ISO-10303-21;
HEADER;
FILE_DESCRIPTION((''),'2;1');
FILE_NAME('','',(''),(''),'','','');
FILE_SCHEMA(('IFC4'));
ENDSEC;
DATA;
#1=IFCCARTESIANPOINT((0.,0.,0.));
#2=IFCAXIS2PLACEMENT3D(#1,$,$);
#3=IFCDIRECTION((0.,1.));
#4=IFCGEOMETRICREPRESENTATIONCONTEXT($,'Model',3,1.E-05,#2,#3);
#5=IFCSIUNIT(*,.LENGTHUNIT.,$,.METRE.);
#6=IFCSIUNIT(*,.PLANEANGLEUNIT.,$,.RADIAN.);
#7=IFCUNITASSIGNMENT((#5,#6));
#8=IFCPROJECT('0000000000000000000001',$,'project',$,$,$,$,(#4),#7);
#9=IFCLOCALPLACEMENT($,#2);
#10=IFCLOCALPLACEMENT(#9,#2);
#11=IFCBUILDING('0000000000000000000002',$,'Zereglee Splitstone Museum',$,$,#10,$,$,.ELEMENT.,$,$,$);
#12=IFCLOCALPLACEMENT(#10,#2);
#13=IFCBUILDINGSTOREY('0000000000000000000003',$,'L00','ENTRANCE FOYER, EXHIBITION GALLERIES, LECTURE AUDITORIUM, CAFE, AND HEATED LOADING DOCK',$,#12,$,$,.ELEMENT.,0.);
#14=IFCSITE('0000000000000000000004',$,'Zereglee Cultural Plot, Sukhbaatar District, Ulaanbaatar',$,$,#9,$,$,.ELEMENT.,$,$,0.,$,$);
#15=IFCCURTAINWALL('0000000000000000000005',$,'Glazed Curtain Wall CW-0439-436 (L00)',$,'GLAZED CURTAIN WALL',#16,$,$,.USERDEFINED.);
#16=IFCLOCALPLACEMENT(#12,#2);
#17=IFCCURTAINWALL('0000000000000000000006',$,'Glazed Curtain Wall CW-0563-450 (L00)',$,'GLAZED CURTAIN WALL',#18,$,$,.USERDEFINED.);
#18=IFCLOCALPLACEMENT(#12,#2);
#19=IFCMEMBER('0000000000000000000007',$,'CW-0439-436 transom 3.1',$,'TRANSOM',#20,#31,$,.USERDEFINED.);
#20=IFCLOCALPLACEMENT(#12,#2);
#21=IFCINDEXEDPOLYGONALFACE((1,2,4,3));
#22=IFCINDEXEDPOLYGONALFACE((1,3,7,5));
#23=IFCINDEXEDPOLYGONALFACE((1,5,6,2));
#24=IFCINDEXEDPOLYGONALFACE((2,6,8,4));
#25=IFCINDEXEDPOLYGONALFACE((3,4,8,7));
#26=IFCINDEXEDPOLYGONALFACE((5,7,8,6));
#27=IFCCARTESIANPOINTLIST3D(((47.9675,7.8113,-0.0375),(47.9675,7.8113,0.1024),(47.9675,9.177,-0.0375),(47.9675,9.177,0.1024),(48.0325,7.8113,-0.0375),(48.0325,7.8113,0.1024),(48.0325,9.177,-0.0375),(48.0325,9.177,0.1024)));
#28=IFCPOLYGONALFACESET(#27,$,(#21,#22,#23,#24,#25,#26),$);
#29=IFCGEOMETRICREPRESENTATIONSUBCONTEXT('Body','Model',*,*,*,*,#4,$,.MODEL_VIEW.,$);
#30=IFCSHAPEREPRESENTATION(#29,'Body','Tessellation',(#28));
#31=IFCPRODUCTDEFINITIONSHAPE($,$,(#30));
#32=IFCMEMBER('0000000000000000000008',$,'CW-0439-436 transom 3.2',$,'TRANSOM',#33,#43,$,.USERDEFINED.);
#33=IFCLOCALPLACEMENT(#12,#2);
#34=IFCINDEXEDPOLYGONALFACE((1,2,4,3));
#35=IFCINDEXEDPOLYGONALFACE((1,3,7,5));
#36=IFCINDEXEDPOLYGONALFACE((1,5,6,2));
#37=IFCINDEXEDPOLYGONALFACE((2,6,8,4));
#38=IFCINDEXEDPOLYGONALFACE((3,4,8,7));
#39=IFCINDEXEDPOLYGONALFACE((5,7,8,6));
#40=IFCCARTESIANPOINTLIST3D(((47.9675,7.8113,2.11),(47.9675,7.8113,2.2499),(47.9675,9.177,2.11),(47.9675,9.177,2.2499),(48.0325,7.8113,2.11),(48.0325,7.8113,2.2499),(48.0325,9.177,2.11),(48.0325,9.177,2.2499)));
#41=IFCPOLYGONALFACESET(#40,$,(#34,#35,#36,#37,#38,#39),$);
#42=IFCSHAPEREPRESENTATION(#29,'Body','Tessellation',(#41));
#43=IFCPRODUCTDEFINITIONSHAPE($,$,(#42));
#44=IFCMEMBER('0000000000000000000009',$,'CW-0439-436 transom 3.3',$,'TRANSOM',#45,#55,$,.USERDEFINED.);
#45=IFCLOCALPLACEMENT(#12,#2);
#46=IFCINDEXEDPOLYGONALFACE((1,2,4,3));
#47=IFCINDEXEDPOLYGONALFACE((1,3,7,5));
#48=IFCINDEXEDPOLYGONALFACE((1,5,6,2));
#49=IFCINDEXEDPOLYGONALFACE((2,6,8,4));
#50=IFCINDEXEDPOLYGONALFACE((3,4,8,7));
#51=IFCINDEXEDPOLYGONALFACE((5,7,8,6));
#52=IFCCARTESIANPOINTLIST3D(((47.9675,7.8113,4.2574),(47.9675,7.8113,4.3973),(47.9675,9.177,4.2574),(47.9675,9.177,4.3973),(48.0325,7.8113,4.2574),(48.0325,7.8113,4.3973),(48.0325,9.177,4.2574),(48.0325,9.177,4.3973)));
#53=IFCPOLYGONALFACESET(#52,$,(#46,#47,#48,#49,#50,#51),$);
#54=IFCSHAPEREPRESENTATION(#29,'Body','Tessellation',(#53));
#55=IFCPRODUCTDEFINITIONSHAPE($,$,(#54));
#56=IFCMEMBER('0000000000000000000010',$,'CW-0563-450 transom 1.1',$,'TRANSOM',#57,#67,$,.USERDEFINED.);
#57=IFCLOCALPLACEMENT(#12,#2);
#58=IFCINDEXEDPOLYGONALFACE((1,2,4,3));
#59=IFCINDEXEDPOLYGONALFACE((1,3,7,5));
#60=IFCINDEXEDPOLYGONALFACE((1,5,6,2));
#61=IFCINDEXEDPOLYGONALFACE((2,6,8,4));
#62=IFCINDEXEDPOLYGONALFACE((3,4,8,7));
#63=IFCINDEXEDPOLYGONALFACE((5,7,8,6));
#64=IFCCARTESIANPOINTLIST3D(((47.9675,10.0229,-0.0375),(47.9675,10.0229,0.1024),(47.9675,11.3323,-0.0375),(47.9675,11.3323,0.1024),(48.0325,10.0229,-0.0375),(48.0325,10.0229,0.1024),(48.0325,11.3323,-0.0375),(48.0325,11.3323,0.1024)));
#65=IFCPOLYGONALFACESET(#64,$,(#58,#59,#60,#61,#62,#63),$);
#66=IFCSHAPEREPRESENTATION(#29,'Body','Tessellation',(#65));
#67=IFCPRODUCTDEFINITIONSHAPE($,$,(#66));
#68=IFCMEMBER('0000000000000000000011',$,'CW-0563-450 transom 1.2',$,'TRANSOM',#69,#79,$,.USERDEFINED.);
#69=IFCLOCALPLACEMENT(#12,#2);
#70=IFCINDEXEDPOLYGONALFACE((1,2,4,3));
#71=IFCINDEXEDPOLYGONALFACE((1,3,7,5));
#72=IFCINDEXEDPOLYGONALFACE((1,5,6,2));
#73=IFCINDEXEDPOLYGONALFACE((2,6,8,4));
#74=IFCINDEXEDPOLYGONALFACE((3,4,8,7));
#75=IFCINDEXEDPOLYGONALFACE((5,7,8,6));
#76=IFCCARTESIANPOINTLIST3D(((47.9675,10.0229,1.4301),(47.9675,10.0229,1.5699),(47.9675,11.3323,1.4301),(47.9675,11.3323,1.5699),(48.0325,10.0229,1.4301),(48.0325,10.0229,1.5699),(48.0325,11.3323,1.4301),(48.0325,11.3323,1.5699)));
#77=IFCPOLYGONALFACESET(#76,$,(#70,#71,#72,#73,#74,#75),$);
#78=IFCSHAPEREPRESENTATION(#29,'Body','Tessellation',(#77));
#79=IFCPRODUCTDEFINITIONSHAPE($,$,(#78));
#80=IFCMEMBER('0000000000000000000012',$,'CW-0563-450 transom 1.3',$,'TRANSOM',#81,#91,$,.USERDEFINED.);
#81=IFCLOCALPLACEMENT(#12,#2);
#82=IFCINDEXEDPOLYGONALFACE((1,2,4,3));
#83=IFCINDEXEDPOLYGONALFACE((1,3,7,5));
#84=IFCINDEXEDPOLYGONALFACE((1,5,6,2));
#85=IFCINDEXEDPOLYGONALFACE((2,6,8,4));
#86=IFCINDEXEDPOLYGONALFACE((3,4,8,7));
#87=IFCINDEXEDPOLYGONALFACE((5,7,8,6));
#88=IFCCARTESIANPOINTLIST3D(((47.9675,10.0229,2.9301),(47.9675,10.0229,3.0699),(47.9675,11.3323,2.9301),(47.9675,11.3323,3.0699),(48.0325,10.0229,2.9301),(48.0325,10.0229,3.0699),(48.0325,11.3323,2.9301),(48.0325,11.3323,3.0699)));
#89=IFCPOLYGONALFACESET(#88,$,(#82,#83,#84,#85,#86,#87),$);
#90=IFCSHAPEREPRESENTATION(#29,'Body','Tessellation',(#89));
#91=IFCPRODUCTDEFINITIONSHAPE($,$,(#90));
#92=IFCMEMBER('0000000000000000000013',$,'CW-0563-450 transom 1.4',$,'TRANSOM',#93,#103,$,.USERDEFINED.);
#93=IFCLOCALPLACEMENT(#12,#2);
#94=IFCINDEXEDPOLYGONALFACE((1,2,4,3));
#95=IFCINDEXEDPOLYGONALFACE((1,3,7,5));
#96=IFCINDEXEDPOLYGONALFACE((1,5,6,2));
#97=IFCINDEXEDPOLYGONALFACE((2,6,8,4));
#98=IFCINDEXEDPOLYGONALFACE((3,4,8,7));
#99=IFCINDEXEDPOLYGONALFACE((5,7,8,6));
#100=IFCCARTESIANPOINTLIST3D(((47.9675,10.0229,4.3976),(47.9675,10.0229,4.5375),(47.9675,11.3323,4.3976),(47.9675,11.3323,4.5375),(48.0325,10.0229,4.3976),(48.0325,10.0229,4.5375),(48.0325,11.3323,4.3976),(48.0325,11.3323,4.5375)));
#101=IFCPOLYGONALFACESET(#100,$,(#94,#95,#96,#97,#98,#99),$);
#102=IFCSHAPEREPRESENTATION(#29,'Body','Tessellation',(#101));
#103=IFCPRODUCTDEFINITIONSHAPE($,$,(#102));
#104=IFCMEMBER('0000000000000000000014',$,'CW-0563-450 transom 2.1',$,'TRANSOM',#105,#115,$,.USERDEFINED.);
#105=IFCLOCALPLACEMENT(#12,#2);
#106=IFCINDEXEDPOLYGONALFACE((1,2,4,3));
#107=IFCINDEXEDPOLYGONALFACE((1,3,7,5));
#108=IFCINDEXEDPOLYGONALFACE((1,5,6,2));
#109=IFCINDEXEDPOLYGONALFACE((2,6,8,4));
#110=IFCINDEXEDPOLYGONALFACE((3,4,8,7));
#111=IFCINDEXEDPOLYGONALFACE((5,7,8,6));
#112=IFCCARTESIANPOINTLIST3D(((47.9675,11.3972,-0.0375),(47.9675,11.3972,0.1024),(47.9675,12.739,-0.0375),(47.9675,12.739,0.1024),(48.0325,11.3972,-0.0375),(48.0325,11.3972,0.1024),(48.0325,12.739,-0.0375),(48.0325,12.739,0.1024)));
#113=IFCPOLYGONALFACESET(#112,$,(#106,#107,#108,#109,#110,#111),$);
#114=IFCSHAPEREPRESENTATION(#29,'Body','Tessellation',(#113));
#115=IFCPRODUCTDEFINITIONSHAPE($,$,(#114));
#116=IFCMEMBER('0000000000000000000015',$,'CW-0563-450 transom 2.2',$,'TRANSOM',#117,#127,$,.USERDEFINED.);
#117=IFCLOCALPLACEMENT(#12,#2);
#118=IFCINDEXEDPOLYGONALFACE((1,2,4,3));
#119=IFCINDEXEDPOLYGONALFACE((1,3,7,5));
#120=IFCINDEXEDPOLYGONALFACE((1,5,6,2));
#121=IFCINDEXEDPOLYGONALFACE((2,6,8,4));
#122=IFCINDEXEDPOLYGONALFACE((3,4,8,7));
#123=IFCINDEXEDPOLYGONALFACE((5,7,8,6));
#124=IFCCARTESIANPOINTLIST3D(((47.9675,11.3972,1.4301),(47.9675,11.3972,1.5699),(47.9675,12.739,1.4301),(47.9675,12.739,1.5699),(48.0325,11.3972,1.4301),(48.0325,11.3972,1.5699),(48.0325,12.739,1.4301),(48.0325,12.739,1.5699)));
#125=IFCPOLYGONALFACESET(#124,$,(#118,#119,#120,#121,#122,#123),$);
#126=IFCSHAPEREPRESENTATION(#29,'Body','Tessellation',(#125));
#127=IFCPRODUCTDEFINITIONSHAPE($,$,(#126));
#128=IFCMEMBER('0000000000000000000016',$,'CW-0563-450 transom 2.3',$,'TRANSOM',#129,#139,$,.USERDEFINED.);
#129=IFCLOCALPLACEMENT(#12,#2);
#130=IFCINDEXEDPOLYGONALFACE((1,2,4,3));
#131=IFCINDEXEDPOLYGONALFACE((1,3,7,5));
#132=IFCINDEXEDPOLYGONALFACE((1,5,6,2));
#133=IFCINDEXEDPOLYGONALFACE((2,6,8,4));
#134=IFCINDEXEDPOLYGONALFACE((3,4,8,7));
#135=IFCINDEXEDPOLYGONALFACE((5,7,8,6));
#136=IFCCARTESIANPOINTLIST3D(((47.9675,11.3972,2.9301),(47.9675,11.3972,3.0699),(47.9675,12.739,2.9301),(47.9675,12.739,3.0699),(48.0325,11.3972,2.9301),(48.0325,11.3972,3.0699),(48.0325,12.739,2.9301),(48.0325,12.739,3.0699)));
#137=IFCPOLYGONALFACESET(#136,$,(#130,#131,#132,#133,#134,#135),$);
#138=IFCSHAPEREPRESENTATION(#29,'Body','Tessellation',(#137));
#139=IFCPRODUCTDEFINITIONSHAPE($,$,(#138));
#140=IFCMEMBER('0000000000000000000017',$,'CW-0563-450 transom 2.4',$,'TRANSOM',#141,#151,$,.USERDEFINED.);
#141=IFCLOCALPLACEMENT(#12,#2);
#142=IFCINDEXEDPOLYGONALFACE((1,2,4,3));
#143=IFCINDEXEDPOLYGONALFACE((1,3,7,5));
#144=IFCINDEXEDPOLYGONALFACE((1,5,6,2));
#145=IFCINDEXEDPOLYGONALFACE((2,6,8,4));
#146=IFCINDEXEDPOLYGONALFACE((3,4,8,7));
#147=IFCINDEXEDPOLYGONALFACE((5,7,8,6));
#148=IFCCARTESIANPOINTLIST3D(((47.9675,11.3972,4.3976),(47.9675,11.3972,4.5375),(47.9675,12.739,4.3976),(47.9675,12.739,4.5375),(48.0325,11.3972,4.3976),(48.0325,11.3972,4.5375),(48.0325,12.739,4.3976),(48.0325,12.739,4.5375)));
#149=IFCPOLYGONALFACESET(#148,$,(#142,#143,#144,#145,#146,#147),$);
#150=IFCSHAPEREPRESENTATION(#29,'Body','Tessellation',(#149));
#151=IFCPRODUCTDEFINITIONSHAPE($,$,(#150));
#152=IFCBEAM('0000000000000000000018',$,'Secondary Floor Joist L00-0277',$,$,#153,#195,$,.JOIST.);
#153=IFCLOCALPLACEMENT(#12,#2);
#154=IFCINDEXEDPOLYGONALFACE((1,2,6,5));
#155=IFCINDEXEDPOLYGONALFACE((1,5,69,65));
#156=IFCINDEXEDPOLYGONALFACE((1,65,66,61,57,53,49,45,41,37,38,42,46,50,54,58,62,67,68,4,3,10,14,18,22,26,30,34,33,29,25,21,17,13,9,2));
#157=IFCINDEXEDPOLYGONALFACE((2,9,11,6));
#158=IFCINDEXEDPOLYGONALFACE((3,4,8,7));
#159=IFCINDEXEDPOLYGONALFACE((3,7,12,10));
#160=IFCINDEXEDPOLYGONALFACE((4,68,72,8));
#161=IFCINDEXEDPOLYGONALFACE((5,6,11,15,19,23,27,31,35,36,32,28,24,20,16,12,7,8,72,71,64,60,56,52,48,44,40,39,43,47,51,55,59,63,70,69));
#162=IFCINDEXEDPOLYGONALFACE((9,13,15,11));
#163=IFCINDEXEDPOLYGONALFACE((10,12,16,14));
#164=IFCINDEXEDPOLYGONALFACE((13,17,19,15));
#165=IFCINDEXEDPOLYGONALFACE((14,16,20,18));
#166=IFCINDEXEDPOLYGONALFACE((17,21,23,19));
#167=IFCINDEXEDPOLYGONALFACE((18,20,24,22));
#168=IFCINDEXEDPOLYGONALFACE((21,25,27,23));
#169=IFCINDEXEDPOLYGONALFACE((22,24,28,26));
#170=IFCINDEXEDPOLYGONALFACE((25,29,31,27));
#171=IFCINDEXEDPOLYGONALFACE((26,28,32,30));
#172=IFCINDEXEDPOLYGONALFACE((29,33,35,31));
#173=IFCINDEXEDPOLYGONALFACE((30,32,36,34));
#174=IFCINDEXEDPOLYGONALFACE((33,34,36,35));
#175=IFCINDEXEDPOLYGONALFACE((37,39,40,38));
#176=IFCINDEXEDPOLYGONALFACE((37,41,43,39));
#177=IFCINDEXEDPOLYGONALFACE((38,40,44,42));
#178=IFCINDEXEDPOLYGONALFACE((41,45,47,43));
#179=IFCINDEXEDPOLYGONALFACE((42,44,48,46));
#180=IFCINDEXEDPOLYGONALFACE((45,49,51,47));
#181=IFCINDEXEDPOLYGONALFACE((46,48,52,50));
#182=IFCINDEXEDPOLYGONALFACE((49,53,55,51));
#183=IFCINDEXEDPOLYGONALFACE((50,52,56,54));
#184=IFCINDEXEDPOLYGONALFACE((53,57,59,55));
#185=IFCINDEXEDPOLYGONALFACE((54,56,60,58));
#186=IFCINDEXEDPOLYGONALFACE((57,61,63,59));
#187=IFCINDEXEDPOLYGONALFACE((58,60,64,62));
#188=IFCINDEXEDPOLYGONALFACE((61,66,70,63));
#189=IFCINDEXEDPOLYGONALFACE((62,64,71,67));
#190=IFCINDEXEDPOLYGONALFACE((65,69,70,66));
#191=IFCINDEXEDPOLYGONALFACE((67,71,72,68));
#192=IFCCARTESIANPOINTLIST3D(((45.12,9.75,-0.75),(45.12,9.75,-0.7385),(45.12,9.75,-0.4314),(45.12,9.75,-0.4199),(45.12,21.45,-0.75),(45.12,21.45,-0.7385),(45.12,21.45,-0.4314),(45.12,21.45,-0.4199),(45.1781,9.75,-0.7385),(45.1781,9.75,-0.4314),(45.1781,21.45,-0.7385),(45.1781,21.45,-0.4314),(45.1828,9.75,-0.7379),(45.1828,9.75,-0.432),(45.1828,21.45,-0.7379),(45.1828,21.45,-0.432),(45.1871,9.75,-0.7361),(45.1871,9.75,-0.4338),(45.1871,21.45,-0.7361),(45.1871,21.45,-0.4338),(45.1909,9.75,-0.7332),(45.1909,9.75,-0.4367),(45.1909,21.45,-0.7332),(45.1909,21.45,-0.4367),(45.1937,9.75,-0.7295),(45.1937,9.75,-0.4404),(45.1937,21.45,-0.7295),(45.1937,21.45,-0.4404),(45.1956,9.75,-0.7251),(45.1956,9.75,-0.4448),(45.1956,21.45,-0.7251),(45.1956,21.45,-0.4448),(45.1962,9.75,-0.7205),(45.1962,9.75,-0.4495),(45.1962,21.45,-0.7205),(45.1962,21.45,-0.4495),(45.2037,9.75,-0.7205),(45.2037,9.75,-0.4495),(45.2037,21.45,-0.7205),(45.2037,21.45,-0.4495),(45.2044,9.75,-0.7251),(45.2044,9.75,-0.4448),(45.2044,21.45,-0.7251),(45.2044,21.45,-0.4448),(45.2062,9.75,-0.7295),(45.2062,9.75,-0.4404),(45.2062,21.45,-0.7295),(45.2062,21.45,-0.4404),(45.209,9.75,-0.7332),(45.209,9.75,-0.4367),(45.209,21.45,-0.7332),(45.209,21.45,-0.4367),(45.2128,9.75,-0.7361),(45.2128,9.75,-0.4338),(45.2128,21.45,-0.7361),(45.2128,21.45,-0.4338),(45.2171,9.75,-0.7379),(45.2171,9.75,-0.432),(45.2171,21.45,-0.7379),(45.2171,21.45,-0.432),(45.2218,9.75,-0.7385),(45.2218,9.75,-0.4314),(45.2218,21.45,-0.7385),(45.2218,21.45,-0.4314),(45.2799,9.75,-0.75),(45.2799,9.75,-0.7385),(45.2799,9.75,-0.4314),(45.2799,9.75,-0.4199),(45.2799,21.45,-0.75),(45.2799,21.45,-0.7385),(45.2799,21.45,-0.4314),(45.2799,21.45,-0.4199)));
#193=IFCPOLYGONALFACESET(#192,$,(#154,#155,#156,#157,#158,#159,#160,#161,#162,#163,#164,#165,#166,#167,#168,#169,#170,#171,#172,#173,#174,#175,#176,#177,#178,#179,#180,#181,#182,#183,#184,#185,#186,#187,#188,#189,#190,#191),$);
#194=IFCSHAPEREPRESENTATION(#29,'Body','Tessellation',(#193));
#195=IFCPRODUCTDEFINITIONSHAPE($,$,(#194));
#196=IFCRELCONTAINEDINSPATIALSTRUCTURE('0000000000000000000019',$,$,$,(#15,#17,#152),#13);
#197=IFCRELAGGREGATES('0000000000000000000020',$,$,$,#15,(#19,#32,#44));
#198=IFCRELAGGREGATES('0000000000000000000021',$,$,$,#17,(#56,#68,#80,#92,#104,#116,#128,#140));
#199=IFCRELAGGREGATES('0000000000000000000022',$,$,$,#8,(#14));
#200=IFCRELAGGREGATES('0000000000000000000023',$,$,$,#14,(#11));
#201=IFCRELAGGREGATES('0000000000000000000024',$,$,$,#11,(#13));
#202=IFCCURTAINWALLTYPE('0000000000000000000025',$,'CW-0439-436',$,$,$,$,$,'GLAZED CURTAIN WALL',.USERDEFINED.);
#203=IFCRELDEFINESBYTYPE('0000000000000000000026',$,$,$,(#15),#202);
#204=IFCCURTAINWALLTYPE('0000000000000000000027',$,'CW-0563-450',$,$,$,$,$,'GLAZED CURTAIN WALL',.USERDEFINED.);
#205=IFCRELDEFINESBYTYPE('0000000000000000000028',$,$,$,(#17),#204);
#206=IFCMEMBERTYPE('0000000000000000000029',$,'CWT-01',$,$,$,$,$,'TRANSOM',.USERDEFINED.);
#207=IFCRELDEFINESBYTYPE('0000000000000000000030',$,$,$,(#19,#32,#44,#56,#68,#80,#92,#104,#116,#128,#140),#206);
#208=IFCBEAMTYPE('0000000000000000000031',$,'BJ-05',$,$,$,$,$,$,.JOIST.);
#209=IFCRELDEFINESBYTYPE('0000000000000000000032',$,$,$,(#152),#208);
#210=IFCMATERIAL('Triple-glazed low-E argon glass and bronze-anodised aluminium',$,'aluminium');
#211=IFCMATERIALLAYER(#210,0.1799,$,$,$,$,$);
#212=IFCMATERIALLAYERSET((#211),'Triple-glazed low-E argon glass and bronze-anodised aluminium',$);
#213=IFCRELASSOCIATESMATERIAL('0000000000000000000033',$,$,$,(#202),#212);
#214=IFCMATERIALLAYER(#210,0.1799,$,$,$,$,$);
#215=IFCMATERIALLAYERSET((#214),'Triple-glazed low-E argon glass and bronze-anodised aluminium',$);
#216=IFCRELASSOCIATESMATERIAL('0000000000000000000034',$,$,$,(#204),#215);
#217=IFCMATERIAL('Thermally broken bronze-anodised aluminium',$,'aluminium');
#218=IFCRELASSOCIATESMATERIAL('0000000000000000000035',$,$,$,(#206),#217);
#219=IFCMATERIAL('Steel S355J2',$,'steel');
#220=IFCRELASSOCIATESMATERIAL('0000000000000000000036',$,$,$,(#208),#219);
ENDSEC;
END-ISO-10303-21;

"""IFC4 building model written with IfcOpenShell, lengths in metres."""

from ifc_helpers import new_model, si_unit, direction, frame, origin, origin_2d, place, context, subcontext, project, spatial, rectangle, i_section, extrude, material, layer, layer_set, material_profile, profile_set, type_object, element, aggregate, save


model = new_model("IFC4")

# Units and contexts
model_context = context("Model", 3, precision=1e-05, world=origin(), true_north=direction((0.0, 1.0)))
body_context = subcontext(model_context, "Body", "Model", "MODEL_VIEW")
ifc_project = project(units=[si_unit("LENGTHUNIT", "METRE"), si_unit("PLANEANGLEUNIT", "RADIAN")], contexts=[model_context])

# Site, building, storey
site_placement = place(None, origin())
site = spatial("IfcSite", under=ifc_project, at=site_placement, Name="Zereglee Cultural Plot, Sukhbaatar District, Ulaanbaatar", CompositionType="ELEMENT", RefElevation=0.0)
building_placement = place(site_placement, origin())
building = spatial("IfcBuilding", under=site, at=building_placement, Name="Zereglee Splitstone Museum", CompositionType="ELEMENT")
storey_placement = place(building_placement, origin())
storey = spatial("IfcBuildingStorey", under=building, at=storey_placement, Name="L00", Description="ENTRANCE FOYER, EXHIBITION GALLERIES, LECTURE AUDITORIUM, CAFE, AND HEATED LOADING DOCK", CompositionType="ELEMENT", Elevation=0.0)

# Shared definitions
ifc_material_1 = material(Name="Triple-glazed low-E argon glass and bronze-anodised aluminium", Category="aluminium")
ifc_material_2 = material(Name="Thermally broken bronze-anodised aluminium", Category="aluminium")

# Curtain walls
ifc_layer_1 = layer(ifc_material_1, 0.1799)
ifc_layer_set_1 = layer_set([ifc_layer_1], Name="Triple-glazed low-E argon glass and bronze-anodised aluminium")
curtain_wall_type_1 = type_object("IfcCurtainWallType", Name="CW-0439-436", ElementType="GLAZED CURTAIN WALL", PredefinedType="USERDEFINED", material=ifc_layer_set_1)
curtain_wall_1_placement = place(storey_placement, origin())
curtain_wall_1 = element("IfcCurtainWall", 1, at=curtain_wall_1_placement, inside=storey, type_object=curtain_wall_type_1, Name="Glazed Curtain Wall CW-0439-436 (L00)", ObjectType="GLAZED CURTAIN WALL", PredefinedType="USERDEFINED")
ifc_layer_2 = layer(ifc_material_1, 0.1799)
ifc_layer_set_2 = layer_set([ifc_layer_2], Name="Triple-glazed low-E argon glass and bronze-anodised aluminium")
curtain_wall_type_2 = type_object("IfcCurtainWallType", Name="CW-0563-450", ElementType="GLAZED CURTAIN WALL", PredefinedType="USERDEFINED", material=ifc_layer_set_2)
curtain_wall_2_placement = place(storey_placement, origin())
curtain_wall_2 = element("IfcCurtainWall", 2, at=curtain_wall_2_placement, inside=storey, type_object=curtain_wall_type_2, Name="Glazed Curtain Wall CW-0563-450 (L00)", ObjectType="GLAZED CURTAIN WALL", PredefinedType="USERDEFINED")

# Members
ifc_material_profile_1 = material_profile(ifc_material_2, rectangle(XDim=0.0649, YDim=0.1399, at=origin_2d()), Name="CW TRAN 65x140")
ifc_profile_set_1 = profile_set([ifc_material_profile_1], Name="Thermally broken bronze-anodised aluminium")
member_type_1 = type_object("IfcMemberType", Name="CWT-01", ElementType="TRANSOM", PredefinedType="USERDEFINED", material=ifc_profile_set_1)
member_1_placement = place(storey_placement, frame((48.0, 7.8113, 0.0325), z_axis=(0.0, 1.0, 0.0), x_axis=(-1.0, 0.0, 0.0)))
member_1 = element("IfcMember", 3, at=member_1_placement, type_object=member_type_1, Name="CW-0439-436 transom 3.1", ObjectType="TRANSOM", PredefinedType="USERDEFINED", context=body_context, shape_type="SweptSolid", body=[
    extrude(rectangle(XDim=0.0649, YDim=0.1399, at=origin_2d()), origin(), (0.0, 0.0, 1.0), 1.3657),
])
member_2_placement = place(storey_placement, frame((48.0, 7.8113, 2.1799), z_axis=(0.0, 1.0, 0.0), x_axis=(-1.0, 0.0, 0.0)))
member_2 = element("IfcMember", 4, at=member_2_placement, type_object=member_type_1, Name="CW-0439-436 transom 3.2", ObjectType="TRANSOM", PredefinedType="USERDEFINED", context=body_context, shape_type="SweptSolid", body=[
    extrude(rectangle(XDim=0.0649, YDim=0.1399, at=origin_2d()), origin(), (0.0, 0.0, 1.0), 1.3657),
])
member_3_placement = place(storey_placement, frame((48.0, 7.8113, 4.3274), z_axis=(0.0, 1.0, 0.0), x_axis=(-1.0, 0.0, 0.0)))
member_3 = element("IfcMember", 5, at=member_3_placement, type_object=member_type_1, Name="CW-0439-436 transom 3.3", ObjectType="TRANSOM", PredefinedType="USERDEFINED", context=body_context, shape_type="SweptSolid", body=[
    extrude(rectangle(XDim=0.0649, YDim=0.1399, at=origin_2d()), origin(), (0.0, 0.0, 1.0), 1.3657),
])
member_4_placement = place(storey_placement, frame((48.0, 10.0229, 0.0325), z_axis=(0.0, 1.0, 0.0), x_axis=(-1.0, 0.0, 0.0)))
member_4 = element("IfcMember", 6, at=member_4_placement, type_object=member_type_1, Name="CW-0563-450 transom 1.1", ObjectType="TRANSOM", PredefinedType="USERDEFINED", context=body_context, shape_type="SweptSolid", body=[
    extrude(rectangle(XDim=0.0649, YDim=0.1399, at=origin_2d()), origin(), (0.0, 0.0, 1.0), 1.3093),
])
member_5_placement = place(storey_placement, frame((48.0, 10.0229, 1.5), z_axis=(0.0, 1.0, 0.0), x_axis=(-1.0, 0.0, 0.0)))
member_5 = element("IfcMember", 7, at=member_5_placement, type_object=member_type_1, Name="CW-0563-450 transom 1.2", ObjectType="TRANSOM", PredefinedType="USERDEFINED", context=body_context, shape_type="SweptSolid", body=[
    extrude(rectangle(XDim=0.0649, YDim=0.1399, at=origin_2d()), origin(), (0.0, 0.0, 1.0), 1.3093),
])
member_6_placement = place(storey_placement, frame((48.0, 10.0229, 3.0), z_axis=(0.0, 1.0, 0.0), x_axis=(-1.0, 0.0, 0.0)))
member_6 = element("IfcMember", 8, at=member_6_placement, type_object=member_type_1, Name="CW-0563-450 transom 1.3", ObjectType="TRANSOM", PredefinedType="USERDEFINED", context=body_context, shape_type="SweptSolid", body=[
    extrude(rectangle(XDim=0.0649, YDim=0.1399, at=origin_2d()), origin(), (0.0, 0.0, 1.0), 1.3093),
])
member_7_placement = place(storey_placement, frame((48.0, 10.0229, 4.4675), z_axis=(0.0, 1.0, 0.0), x_axis=(-1.0, 0.0, 0.0)))
member_7 = element("IfcMember", 9, at=member_7_placement, type_object=member_type_1, Name="CW-0563-450 transom 1.4", ObjectType="TRANSOM", PredefinedType="USERDEFINED", context=body_context, shape_type="SweptSolid", body=[
    extrude(rectangle(XDim=0.0649, YDim=0.1399, at=origin_2d()), origin(), (0.0, 0.0, 1.0), 1.3093),
])
member_8_placement = place(storey_placement, frame((48.0, 11.3972, 0.0325), z_axis=(0.0, 1.0, 0.0), x_axis=(-1.0, 0.0, 0.0)))
member_8 = element("IfcMember", 10, at=member_8_placement, type_object=member_type_1, Name="CW-0563-450 transom 2.1", ObjectType="TRANSOM", PredefinedType="USERDEFINED", context=body_context, shape_type="SweptSolid", body=[
    extrude(rectangle(XDim=0.0649, YDim=0.1399, at=origin_2d()), origin(), (0.0, 0.0, 1.0), 1.3418),
])
member_9_placement = place(storey_placement, frame((48.0, 11.3972, 1.5), z_axis=(0.0, 1.0, 0.0), x_axis=(-1.0, 0.0, 0.0)))
member_9 = element("IfcMember", 11, at=member_9_placement, type_object=member_type_1, Name="CW-0563-450 transom 2.2", ObjectType="TRANSOM", PredefinedType="USERDEFINED", context=body_context, shape_type="SweptSolid", body=[
    extrude(rectangle(XDim=0.0649, YDim=0.1399, at=origin_2d()), origin(), (0.0, 0.0, 1.0), 1.3418),
])
member_10_placement = place(storey_placement, frame((48.0, 11.3972, 3.0), z_axis=(0.0, 1.0, 0.0), x_axis=(-1.0, 0.0, 0.0)))
member_10 = element("IfcMember", 12, at=member_10_placement, type_object=member_type_1, Name="CW-0563-450 transom 2.3", ObjectType="TRANSOM", PredefinedType="USERDEFINED", context=body_context, shape_type="SweptSolid", body=[
    extrude(rectangle(XDim=0.0649, YDim=0.1399, at=origin_2d()), origin(), (0.0, 0.0, 1.0), 1.3418),
])
member_11_placement = place(storey_placement, frame((48.0, 11.3972, 4.4675), z_axis=(0.0, 1.0, 0.0), x_axis=(-1.0, 0.0, 0.0)))
member_11 = element("IfcMember", 13, at=member_11_placement, type_object=member_type_1, Name="CW-0563-450 transom 2.4", ObjectType="TRANSOM", PredefinedType="USERDEFINED", context=body_context, shape_type="SweptSolid", body=[
    extrude(rectangle(XDim=0.0649, YDim=0.1399, at=origin_2d()), origin(), (0.0, 0.0, 1.0), 1.3418),
])

# Beam
ifc_material_3 = material(Name="Steel S355J2", Category="steel")
ifc_material_profile_2 = material_profile(ifc_material_3, i_section(OverallWidth=0.1599, OverallDepth=0.3301, WebThickness=0.0076, FlangeThickness=0.0115, FilletRadius=0.0181, at=origin_2d()), Name="IPE 330")
ifc_profile_set_2 = profile_set([ifc_material_profile_2], Name="Steel S355J2")
beam_type_1 = type_object("IfcBeamType", Name="BJ-05", PredefinedType="JOIST", material=ifc_profile_set_2)
beam_1_placement = place(storey_placement, frame((45.2, 9.75, -0.585), z_axis=(0.0, 1.0, 0.0), x_axis=(-1.0, 0.0, 0.0)))
element("IfcBeam", 14, at=beam_1_placement, inside=storey, type_object=beam_type_1, Name="Secondary Floor Joist L00-0277", PredefinedType="JOIST", context=body_context, shape_type="SweptSolid", body=[
    extrude(i_section(OverallWidth=0.1599, OverallDepth=0.3301, WebThickness=0.0076, FlangeThickness=0.0115, FilletRadius=0.0181, at=origin_2d()), origin(), (0.0, 0.0, 1.0), 11.7),
])

aggregate(curtain_wall_1, [member_1, member_2, member_3])
aggregate(curtain_wall_2, [member_4, member_5, member_6, member_7, member_8, member_9, member_10, member_11])

save(model, "model.ifc")
